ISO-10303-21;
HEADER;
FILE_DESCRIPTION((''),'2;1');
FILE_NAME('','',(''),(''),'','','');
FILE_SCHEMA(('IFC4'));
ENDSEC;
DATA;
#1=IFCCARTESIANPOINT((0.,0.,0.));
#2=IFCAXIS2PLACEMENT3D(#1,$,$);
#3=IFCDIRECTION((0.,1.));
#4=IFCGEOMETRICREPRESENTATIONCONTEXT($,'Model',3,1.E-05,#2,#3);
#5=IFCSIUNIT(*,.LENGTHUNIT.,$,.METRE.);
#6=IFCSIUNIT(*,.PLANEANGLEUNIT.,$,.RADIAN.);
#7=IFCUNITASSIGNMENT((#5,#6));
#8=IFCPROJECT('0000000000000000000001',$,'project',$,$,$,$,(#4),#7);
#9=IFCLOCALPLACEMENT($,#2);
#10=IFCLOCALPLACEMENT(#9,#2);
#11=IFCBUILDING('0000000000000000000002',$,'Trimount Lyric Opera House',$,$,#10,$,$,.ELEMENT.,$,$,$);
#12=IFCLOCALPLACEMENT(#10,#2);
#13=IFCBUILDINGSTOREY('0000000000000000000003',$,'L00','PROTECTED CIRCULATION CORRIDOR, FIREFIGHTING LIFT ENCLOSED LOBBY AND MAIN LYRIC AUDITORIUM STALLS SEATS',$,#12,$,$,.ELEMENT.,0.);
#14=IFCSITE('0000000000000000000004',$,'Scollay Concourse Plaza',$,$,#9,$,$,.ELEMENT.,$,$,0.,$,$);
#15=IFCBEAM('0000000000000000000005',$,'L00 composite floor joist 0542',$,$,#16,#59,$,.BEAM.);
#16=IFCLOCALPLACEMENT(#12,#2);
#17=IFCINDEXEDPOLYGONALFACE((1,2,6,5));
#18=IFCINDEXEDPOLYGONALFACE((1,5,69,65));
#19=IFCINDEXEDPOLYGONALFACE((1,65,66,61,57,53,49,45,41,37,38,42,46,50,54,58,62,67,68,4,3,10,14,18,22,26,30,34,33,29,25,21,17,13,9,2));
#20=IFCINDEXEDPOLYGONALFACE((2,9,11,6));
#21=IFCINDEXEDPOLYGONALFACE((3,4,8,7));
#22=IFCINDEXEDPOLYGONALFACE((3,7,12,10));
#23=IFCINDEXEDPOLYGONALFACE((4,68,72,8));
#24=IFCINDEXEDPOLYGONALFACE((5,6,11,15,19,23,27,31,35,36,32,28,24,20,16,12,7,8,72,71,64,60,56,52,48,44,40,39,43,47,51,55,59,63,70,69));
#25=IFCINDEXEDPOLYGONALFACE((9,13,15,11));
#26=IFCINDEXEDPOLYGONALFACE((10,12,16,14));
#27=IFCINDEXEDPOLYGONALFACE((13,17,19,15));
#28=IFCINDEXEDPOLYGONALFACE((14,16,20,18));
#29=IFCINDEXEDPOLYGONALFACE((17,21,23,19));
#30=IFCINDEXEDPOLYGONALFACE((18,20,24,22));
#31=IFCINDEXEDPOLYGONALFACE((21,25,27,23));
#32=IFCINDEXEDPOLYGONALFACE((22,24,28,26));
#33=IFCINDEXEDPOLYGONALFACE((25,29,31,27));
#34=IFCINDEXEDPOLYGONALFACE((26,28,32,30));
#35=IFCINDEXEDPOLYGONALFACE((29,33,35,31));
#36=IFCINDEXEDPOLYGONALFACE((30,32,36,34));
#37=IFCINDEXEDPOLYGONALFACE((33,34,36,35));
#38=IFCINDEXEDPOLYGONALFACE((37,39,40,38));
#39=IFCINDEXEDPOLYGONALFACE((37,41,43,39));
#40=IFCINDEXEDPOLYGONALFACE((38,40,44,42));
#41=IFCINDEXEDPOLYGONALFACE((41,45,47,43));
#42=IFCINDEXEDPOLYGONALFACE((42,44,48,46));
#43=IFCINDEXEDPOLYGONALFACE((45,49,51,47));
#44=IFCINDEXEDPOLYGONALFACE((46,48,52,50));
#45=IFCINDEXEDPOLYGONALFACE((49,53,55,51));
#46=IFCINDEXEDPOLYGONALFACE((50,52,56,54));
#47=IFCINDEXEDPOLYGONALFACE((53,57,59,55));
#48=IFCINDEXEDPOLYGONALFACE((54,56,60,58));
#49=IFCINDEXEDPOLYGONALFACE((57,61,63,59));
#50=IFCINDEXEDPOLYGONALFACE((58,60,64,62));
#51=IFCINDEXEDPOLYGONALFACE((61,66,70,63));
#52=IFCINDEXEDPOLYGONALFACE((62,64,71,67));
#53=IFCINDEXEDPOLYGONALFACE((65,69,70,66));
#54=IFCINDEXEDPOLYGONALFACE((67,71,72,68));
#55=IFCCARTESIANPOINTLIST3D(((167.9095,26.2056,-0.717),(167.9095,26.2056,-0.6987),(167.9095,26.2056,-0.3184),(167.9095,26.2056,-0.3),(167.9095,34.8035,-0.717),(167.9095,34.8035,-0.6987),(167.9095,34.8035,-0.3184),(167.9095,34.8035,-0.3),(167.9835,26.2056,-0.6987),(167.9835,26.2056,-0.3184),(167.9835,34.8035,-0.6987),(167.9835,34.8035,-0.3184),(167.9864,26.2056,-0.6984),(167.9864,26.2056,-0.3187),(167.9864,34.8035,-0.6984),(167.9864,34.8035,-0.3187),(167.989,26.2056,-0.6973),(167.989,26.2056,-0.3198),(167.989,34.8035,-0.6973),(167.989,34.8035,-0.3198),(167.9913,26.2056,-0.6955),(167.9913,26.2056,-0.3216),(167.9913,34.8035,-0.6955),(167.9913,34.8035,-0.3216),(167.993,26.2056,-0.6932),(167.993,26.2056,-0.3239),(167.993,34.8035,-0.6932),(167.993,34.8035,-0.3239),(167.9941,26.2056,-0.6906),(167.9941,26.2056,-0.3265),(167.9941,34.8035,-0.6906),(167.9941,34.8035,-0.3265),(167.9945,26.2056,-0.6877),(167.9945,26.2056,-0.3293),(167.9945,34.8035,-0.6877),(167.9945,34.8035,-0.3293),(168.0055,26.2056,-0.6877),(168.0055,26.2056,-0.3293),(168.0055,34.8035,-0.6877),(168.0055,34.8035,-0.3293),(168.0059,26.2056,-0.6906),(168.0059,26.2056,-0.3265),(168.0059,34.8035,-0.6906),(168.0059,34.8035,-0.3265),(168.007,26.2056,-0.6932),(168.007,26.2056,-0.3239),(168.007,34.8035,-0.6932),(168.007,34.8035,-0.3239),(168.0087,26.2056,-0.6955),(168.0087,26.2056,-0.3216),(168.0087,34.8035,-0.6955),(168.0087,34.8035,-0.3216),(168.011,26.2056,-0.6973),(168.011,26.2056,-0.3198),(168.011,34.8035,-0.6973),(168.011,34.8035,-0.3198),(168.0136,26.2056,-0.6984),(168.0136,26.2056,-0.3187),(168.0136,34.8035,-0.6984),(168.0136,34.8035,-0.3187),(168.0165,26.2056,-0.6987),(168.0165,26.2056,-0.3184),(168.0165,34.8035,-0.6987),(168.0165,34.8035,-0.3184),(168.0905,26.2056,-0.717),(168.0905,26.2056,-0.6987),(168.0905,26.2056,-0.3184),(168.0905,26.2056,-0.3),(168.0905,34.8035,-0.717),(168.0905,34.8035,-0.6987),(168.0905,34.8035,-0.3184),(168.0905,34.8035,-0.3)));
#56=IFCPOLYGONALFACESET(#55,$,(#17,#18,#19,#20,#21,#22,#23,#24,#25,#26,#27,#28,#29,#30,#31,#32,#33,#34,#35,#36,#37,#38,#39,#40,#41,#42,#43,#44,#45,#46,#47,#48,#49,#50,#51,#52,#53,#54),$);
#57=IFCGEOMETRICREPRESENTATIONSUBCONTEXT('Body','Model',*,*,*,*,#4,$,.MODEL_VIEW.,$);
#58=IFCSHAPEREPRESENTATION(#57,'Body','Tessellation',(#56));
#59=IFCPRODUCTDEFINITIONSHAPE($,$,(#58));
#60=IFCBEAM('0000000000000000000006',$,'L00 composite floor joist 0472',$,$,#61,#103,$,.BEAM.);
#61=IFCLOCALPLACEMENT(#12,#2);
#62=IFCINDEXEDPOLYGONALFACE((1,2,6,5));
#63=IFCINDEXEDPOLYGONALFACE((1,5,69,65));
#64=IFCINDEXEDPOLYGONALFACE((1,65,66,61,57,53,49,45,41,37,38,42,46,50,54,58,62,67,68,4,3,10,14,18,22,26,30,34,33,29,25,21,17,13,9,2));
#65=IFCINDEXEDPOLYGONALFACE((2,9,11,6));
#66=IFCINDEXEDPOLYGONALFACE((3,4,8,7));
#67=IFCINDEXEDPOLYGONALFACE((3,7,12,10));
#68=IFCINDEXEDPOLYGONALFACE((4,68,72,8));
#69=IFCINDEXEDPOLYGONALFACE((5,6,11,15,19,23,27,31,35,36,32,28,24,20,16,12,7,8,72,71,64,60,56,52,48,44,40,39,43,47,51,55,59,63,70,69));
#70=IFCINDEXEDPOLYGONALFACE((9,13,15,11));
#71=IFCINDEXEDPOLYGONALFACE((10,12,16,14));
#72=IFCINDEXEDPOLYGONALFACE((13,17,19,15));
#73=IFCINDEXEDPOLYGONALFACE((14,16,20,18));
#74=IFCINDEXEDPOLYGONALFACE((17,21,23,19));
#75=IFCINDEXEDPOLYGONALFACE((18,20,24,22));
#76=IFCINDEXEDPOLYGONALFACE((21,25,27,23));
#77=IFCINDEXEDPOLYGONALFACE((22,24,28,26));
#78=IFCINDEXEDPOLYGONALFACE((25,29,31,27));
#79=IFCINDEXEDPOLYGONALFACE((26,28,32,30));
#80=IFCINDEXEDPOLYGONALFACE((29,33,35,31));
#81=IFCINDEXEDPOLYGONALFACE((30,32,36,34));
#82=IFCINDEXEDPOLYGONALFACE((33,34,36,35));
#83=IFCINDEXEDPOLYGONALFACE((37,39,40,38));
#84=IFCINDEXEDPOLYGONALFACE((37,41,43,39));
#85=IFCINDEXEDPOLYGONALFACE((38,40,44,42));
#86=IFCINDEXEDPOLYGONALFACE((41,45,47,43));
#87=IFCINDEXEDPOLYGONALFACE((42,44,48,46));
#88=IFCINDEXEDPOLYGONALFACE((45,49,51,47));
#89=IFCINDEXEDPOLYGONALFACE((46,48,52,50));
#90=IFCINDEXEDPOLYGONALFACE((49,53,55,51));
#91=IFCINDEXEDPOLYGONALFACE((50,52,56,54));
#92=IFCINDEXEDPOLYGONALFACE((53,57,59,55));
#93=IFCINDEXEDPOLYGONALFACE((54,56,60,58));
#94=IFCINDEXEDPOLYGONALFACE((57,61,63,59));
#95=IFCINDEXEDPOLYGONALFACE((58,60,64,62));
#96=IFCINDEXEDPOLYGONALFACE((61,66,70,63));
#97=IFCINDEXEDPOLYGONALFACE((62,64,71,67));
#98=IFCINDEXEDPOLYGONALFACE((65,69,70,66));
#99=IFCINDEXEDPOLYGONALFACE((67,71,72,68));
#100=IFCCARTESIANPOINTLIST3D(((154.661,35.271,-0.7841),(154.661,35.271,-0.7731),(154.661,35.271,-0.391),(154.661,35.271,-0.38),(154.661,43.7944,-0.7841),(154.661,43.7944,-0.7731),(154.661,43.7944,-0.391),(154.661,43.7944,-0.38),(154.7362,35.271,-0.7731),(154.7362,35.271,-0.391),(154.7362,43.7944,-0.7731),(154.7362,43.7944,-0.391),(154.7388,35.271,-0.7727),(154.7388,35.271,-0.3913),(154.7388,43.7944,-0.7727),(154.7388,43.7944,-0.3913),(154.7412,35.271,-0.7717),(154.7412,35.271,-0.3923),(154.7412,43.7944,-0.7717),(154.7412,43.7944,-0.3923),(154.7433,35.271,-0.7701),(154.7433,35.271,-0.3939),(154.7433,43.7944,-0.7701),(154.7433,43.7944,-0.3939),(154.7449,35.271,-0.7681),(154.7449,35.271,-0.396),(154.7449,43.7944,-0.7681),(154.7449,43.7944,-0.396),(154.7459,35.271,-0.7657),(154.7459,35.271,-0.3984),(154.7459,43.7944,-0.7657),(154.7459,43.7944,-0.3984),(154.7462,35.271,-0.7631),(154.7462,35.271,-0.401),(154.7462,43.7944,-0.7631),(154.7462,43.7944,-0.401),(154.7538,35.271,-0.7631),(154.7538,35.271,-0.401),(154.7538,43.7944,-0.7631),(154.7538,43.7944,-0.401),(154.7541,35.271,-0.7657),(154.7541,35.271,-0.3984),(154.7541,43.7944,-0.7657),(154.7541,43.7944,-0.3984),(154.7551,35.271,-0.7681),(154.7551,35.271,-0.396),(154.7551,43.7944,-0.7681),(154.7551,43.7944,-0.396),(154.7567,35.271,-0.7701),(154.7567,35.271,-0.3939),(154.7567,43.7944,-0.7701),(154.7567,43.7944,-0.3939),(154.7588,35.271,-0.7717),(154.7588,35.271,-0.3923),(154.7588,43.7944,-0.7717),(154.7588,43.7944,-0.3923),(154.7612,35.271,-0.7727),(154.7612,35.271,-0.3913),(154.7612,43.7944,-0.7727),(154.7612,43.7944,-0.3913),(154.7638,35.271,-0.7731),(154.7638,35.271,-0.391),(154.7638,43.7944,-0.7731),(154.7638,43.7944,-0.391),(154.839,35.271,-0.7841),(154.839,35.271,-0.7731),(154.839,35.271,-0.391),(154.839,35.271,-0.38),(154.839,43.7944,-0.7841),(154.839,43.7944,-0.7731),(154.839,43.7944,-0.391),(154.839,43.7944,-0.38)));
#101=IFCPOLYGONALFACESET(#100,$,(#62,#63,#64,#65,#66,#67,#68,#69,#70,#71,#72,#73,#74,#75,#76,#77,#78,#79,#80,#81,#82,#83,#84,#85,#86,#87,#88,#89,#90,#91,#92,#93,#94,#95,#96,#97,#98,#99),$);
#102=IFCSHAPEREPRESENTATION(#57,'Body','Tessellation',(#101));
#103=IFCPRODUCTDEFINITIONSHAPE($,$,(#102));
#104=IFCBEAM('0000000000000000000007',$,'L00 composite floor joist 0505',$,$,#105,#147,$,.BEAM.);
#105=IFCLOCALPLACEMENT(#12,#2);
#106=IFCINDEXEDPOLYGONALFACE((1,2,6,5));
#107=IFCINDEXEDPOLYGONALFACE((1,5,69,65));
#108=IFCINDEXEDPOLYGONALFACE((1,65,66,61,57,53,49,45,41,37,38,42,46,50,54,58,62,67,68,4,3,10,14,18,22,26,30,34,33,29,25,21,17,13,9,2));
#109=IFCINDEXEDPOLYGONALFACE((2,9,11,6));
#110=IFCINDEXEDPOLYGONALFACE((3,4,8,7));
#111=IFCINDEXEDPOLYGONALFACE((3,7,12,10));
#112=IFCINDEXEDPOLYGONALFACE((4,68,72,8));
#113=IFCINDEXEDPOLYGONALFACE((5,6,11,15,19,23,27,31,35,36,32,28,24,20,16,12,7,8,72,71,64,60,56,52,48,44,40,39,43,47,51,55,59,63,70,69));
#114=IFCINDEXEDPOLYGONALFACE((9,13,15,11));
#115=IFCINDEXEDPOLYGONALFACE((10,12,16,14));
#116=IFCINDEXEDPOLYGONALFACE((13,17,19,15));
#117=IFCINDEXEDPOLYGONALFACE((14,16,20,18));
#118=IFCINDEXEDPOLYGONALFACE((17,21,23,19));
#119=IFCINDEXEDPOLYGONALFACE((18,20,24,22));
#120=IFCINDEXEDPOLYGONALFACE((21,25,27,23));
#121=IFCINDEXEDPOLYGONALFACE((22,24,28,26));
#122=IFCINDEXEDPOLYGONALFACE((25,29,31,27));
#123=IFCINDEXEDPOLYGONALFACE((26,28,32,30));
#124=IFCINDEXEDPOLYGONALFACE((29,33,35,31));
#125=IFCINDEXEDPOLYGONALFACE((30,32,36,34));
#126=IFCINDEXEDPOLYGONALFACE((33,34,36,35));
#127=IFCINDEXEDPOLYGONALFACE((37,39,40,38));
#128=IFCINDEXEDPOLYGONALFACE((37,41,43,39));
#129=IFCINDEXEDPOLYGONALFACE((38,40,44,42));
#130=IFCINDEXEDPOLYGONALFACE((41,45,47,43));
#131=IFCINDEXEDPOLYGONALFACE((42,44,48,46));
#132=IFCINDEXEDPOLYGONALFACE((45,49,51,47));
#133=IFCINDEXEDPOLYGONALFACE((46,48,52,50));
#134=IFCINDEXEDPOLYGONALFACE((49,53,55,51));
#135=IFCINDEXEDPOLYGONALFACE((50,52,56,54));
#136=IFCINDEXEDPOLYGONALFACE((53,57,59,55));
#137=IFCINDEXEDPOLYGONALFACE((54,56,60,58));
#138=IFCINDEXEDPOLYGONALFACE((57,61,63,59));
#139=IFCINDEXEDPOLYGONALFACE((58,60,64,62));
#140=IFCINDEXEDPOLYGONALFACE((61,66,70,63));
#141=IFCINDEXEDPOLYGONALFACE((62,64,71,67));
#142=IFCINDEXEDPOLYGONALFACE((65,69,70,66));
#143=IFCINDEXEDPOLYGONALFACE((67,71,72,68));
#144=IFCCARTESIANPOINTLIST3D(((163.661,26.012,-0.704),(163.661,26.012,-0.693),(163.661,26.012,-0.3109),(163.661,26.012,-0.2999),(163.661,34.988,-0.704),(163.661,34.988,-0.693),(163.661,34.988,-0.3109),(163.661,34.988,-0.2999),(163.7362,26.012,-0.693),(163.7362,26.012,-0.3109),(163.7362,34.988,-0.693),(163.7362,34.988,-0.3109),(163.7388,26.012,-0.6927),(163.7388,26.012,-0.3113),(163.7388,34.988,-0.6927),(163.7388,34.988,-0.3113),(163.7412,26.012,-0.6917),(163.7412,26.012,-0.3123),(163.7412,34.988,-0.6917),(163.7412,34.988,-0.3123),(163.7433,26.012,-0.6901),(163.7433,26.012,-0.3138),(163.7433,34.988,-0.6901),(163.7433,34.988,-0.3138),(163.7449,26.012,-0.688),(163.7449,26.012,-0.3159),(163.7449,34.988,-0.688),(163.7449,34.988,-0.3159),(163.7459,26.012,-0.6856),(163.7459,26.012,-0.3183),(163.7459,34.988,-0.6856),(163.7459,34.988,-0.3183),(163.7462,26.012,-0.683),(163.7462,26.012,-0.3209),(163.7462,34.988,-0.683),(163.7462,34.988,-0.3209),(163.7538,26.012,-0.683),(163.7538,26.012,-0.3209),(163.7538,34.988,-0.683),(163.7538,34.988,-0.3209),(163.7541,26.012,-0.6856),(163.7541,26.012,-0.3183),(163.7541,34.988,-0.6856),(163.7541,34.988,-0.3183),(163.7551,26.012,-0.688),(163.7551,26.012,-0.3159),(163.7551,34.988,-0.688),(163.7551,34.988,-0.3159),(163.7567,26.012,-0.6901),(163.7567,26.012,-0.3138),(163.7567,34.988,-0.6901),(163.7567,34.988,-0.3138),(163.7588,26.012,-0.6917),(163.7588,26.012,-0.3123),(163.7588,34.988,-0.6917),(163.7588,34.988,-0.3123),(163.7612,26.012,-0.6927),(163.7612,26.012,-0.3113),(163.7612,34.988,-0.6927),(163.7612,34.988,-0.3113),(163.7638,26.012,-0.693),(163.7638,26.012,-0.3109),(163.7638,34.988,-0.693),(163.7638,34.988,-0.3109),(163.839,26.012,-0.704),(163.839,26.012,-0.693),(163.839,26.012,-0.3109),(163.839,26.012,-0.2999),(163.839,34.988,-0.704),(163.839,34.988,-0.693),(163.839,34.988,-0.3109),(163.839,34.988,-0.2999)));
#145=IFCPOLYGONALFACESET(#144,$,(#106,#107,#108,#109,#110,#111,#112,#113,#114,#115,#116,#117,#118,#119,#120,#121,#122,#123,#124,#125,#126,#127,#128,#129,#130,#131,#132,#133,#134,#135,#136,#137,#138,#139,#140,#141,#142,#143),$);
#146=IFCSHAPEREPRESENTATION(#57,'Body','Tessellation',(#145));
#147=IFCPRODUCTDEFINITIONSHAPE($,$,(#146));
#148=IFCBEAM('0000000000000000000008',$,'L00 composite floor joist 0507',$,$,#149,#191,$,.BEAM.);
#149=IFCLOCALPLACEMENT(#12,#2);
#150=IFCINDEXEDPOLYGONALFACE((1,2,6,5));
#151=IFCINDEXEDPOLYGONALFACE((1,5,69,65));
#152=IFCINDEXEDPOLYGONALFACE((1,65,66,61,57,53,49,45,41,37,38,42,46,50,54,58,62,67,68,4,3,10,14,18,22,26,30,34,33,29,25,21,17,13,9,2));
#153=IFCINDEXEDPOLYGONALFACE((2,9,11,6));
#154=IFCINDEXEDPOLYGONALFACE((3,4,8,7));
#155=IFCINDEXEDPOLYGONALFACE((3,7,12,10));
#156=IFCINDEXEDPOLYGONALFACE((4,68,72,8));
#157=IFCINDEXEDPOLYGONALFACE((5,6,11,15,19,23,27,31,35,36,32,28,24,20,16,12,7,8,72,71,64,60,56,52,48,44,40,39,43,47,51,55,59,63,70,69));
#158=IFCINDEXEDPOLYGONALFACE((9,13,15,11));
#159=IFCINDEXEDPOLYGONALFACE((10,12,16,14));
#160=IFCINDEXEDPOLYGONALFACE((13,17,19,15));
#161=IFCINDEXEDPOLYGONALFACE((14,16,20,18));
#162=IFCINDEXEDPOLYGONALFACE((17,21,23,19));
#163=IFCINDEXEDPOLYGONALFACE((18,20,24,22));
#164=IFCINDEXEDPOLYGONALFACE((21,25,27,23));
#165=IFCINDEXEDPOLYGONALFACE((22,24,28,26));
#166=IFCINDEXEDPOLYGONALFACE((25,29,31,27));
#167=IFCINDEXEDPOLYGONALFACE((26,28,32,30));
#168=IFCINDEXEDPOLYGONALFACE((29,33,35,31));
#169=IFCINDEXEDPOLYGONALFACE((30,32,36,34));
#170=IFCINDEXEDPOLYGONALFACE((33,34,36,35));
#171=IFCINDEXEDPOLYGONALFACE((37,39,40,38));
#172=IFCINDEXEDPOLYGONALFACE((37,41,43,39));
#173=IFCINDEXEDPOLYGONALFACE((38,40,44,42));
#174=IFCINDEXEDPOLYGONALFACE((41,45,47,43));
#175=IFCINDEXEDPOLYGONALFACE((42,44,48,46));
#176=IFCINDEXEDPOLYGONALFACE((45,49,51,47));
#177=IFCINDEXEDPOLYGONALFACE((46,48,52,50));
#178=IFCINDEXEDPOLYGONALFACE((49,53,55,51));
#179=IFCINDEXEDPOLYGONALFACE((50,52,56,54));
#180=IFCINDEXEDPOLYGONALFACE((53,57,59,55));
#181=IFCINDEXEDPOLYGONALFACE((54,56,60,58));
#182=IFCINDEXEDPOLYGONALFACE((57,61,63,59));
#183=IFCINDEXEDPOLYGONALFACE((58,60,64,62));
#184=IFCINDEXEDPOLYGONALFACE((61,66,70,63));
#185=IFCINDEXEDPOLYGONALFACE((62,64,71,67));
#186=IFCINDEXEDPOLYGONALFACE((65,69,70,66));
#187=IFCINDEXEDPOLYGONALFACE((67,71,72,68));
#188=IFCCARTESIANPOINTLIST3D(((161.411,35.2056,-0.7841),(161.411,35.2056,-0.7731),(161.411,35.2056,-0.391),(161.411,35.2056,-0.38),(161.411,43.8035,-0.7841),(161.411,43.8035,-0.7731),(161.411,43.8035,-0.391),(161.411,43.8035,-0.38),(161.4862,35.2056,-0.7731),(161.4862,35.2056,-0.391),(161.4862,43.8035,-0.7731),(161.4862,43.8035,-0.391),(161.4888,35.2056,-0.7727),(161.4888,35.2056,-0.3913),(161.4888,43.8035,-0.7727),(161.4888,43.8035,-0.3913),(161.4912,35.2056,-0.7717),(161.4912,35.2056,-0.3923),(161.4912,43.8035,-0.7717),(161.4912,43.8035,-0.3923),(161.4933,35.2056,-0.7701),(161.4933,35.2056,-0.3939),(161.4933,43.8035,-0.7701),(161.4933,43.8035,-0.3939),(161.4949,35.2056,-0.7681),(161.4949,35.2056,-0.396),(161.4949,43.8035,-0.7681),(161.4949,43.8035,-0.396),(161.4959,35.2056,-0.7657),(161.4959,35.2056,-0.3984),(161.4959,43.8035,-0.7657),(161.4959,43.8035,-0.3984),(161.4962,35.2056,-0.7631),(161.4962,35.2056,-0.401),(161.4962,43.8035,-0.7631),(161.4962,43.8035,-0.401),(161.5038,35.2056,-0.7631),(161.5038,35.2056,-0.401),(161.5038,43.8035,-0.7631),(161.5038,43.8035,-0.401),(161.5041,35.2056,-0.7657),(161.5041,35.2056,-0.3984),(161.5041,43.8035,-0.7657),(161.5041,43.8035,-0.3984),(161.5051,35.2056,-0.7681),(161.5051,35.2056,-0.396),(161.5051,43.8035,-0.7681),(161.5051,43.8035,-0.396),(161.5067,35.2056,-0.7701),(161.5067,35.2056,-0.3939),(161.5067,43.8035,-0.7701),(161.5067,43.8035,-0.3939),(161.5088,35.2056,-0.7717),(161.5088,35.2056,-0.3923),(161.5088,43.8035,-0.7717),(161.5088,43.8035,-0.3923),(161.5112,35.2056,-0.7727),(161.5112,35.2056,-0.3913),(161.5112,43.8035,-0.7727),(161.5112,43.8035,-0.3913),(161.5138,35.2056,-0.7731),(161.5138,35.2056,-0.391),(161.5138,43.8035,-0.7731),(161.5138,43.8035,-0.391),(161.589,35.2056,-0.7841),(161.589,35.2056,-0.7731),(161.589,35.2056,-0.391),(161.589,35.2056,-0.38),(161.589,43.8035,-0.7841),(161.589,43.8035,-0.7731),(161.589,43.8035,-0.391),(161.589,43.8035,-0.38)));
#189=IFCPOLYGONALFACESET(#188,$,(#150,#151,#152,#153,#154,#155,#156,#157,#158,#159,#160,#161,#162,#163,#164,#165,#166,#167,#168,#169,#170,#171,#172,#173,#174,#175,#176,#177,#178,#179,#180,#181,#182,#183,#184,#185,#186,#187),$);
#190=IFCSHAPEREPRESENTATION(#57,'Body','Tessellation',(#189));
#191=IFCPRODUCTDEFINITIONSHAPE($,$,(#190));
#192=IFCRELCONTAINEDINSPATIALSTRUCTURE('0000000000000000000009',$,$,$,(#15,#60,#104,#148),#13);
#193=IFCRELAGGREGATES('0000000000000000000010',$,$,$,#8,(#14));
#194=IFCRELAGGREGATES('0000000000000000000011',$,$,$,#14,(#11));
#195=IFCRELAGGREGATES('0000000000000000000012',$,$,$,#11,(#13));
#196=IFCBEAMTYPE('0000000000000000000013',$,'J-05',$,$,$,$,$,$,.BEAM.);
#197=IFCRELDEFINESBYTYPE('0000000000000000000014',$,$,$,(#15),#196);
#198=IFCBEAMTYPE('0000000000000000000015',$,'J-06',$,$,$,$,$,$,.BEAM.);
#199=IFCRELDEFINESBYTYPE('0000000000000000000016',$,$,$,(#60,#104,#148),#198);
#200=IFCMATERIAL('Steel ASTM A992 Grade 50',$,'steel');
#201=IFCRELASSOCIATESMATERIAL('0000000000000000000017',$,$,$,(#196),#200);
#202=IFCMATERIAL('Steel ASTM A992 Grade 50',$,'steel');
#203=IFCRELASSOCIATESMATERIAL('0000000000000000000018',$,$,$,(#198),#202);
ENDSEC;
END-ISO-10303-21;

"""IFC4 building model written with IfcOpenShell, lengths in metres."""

from ifc_helpers import new_model, si_unit, direction, frame, origin, origin_2d, place, context, subcontext, project, spatial, i_section, extrude, material, material_profile, profile_set, type_object, element, save


model = new_model("IFC4")

# Units and contexts
model_context = context("Model", 3, precision=1e-05, world=origin(), true_north=direction((0.0, 1.0)))
body_context = subcontext(model_context, "Body", "Model", "MODEL_VIEW")
ifc_project = project(units=[si_unit("LENGTHUNIT", "METRE"), si_unit("PLANEANGLEUNIT", "RADIAN")], contexts=[model_context])

# Site, building, storey
site_placement = place(None, origin())
site = spatial("IfcSite", under=ifc_project, at=site_placement, Name="Scollay Concourse Plaza", CompositionType="ELEMENT", RefElevation=0.0)
building_placement = place(site_placement, origin())
building = spatial("IfcBuilding", under=site, at=building_placement, Name="Trimount Lyric Opera House", CompositionType="ELEMENT")
storey_placement = place(building_placement, origin())
storey = spatial("IfcBuildingStorey", under=building, at=storey_placement, Name="L00", Description="PROTECTED CIRCULATION CORRIDOR, FIREFIGHTING LIFT ENCLOSED LOBBY AND MAIN LYRIC AUDITORIUM STALLS SEATS", CompositionType="ELEMENT", Elevation=0.0)

# Beams
ifc_material_1 = material(Name="Steel ASTM A992 Grade 50", Category="steel")
ifc_material_profile_1 = material_profile(ifc_material_1, i_section(OverallWidth=0.1809, OverallDepth=0.417, WebThickness=0.011, FlangeThickness=0.0183, FilletRadius=0.011, at=origin_2d()), Name="W16X57")
ifc_profile_set_1 = profile_set([ifc_material_profile_1], Name="Steel ASTM A992 Grade 50")
beam_type_1 = type_object("IfcBeamType", Name="J-05", PredefinedType="BEAM", material=ifc_profile_set_1)
beam_1_placement = place(storey_placement, frame((168.0, 26.2056, -0.5085), z_axis=(0.0, 1.0, 0.0), x_axis=(-1.0, 0.0, 0.0)))
element("IfcBeam", 1, at=beam_1_placement, inside=storey, type_object=beam_type_1, Name="L00 composite floor joist 0542", PredefinedType="BEAM", context=body_context, shape_type="SweptSolid", body=[
    extrude(i_section(OverallWidth=0.1809, OverallDepth=0.417, WebThickness=0.011, FlangeThickness=0.0183, FilletRadius=0.011, at=origin_2d()), origin(), (0.0, 0.0, 1.0), 8.5979),
])
ifc_material_2 = material(Name="Steel ASTM A992 Grade 50", Category="steel")
ifc_material_profile_2 = material_profile(ifc_material_2, i_section(OverallWidth=0.178, OverallDepth=0.4041, WebThickness=0.0076, FlangeThickness=0.011, FilletRadius=0.01, at=origin_2d()), Name="W16X36")
ifc_profile_set_2 = profile_set([ifc_material_profile_2], Name="Steel ASTM A992 Grade 50")
beam_type_2 = type_object("IfcBeamType", Name="J-06", PredefinedType="BEAM", material=ifc_profile_set_2)
beam_2_placement = place(storey_placement, frame((154.75, 35.271, -0.582), z_axis=(0.0, 1.0, 0.0), x_axis=(-1.0, 0.0, 0.0)))
element("IfcBeam", 2, at=beam_2_placement, inside=storey, type_object=beam_type_2, Name="L00 composite floor joist 0472", PredefinedType="BEAM", context=body_context, shape_type="SweptSolid", body=[
    extrude(i_section(OverallWidth=0.178, OverallDepth=0.4041, WebThickness=0.0076, FlangeThickness=0.011, FilletRadius=0.01, at=origin_2d()), origin(), (0.0, 0.0, 1.0), 8.5234),
])
beam_3_placement = place(storey_placement, frame((163.75, 26.012, -0.502), z_axis=(0.0, 1.0, 0.0), x_axis=(-1.0, 0.0, 0.0)))
element("IfcBeam", 3, at=beam_3_placement, inside=storey, type_object=beam_type_2, Name="L00 composite floor joist 0505", PredefinedType="BEAM", context=body_context, shape_type="SweptSolid", body=[
    extrude(i_section(OverallWidth=0.178, OverallDepth=0.4041, WebThickness=0.0076, FlangeThickness=0.011, FilletRadius=0.01, at=origin_2d()), origin(), (0.0, 0.0, 1.0), 8.9761),
])
beam_4_placement = place(storey_placement, frame((161.5, 35.2056, -0.582), z_axis=(0.0, 1.0, 0.0), x_axis=(-1.0, 0.0, 0.0)))
element("IfcBeam", 4, at=beam_4_placement, inside=storey, type_object=beam_type_2, Name="L00 composite floor joist 0507", PredefinedType="BEAM", context=body_context, shape_type="SweptSolid", body=[
    extrude(i_section(OverallWidth=0.178, OverallDepth=0.4041, WebThickness=0.0076, FlangeThickness=0.011, FilletRadius=0.01, at=origin_2d()), origin(), (0.0, 0.0, 1.0), 8.5979),
])

save(model, "model.ifc")
